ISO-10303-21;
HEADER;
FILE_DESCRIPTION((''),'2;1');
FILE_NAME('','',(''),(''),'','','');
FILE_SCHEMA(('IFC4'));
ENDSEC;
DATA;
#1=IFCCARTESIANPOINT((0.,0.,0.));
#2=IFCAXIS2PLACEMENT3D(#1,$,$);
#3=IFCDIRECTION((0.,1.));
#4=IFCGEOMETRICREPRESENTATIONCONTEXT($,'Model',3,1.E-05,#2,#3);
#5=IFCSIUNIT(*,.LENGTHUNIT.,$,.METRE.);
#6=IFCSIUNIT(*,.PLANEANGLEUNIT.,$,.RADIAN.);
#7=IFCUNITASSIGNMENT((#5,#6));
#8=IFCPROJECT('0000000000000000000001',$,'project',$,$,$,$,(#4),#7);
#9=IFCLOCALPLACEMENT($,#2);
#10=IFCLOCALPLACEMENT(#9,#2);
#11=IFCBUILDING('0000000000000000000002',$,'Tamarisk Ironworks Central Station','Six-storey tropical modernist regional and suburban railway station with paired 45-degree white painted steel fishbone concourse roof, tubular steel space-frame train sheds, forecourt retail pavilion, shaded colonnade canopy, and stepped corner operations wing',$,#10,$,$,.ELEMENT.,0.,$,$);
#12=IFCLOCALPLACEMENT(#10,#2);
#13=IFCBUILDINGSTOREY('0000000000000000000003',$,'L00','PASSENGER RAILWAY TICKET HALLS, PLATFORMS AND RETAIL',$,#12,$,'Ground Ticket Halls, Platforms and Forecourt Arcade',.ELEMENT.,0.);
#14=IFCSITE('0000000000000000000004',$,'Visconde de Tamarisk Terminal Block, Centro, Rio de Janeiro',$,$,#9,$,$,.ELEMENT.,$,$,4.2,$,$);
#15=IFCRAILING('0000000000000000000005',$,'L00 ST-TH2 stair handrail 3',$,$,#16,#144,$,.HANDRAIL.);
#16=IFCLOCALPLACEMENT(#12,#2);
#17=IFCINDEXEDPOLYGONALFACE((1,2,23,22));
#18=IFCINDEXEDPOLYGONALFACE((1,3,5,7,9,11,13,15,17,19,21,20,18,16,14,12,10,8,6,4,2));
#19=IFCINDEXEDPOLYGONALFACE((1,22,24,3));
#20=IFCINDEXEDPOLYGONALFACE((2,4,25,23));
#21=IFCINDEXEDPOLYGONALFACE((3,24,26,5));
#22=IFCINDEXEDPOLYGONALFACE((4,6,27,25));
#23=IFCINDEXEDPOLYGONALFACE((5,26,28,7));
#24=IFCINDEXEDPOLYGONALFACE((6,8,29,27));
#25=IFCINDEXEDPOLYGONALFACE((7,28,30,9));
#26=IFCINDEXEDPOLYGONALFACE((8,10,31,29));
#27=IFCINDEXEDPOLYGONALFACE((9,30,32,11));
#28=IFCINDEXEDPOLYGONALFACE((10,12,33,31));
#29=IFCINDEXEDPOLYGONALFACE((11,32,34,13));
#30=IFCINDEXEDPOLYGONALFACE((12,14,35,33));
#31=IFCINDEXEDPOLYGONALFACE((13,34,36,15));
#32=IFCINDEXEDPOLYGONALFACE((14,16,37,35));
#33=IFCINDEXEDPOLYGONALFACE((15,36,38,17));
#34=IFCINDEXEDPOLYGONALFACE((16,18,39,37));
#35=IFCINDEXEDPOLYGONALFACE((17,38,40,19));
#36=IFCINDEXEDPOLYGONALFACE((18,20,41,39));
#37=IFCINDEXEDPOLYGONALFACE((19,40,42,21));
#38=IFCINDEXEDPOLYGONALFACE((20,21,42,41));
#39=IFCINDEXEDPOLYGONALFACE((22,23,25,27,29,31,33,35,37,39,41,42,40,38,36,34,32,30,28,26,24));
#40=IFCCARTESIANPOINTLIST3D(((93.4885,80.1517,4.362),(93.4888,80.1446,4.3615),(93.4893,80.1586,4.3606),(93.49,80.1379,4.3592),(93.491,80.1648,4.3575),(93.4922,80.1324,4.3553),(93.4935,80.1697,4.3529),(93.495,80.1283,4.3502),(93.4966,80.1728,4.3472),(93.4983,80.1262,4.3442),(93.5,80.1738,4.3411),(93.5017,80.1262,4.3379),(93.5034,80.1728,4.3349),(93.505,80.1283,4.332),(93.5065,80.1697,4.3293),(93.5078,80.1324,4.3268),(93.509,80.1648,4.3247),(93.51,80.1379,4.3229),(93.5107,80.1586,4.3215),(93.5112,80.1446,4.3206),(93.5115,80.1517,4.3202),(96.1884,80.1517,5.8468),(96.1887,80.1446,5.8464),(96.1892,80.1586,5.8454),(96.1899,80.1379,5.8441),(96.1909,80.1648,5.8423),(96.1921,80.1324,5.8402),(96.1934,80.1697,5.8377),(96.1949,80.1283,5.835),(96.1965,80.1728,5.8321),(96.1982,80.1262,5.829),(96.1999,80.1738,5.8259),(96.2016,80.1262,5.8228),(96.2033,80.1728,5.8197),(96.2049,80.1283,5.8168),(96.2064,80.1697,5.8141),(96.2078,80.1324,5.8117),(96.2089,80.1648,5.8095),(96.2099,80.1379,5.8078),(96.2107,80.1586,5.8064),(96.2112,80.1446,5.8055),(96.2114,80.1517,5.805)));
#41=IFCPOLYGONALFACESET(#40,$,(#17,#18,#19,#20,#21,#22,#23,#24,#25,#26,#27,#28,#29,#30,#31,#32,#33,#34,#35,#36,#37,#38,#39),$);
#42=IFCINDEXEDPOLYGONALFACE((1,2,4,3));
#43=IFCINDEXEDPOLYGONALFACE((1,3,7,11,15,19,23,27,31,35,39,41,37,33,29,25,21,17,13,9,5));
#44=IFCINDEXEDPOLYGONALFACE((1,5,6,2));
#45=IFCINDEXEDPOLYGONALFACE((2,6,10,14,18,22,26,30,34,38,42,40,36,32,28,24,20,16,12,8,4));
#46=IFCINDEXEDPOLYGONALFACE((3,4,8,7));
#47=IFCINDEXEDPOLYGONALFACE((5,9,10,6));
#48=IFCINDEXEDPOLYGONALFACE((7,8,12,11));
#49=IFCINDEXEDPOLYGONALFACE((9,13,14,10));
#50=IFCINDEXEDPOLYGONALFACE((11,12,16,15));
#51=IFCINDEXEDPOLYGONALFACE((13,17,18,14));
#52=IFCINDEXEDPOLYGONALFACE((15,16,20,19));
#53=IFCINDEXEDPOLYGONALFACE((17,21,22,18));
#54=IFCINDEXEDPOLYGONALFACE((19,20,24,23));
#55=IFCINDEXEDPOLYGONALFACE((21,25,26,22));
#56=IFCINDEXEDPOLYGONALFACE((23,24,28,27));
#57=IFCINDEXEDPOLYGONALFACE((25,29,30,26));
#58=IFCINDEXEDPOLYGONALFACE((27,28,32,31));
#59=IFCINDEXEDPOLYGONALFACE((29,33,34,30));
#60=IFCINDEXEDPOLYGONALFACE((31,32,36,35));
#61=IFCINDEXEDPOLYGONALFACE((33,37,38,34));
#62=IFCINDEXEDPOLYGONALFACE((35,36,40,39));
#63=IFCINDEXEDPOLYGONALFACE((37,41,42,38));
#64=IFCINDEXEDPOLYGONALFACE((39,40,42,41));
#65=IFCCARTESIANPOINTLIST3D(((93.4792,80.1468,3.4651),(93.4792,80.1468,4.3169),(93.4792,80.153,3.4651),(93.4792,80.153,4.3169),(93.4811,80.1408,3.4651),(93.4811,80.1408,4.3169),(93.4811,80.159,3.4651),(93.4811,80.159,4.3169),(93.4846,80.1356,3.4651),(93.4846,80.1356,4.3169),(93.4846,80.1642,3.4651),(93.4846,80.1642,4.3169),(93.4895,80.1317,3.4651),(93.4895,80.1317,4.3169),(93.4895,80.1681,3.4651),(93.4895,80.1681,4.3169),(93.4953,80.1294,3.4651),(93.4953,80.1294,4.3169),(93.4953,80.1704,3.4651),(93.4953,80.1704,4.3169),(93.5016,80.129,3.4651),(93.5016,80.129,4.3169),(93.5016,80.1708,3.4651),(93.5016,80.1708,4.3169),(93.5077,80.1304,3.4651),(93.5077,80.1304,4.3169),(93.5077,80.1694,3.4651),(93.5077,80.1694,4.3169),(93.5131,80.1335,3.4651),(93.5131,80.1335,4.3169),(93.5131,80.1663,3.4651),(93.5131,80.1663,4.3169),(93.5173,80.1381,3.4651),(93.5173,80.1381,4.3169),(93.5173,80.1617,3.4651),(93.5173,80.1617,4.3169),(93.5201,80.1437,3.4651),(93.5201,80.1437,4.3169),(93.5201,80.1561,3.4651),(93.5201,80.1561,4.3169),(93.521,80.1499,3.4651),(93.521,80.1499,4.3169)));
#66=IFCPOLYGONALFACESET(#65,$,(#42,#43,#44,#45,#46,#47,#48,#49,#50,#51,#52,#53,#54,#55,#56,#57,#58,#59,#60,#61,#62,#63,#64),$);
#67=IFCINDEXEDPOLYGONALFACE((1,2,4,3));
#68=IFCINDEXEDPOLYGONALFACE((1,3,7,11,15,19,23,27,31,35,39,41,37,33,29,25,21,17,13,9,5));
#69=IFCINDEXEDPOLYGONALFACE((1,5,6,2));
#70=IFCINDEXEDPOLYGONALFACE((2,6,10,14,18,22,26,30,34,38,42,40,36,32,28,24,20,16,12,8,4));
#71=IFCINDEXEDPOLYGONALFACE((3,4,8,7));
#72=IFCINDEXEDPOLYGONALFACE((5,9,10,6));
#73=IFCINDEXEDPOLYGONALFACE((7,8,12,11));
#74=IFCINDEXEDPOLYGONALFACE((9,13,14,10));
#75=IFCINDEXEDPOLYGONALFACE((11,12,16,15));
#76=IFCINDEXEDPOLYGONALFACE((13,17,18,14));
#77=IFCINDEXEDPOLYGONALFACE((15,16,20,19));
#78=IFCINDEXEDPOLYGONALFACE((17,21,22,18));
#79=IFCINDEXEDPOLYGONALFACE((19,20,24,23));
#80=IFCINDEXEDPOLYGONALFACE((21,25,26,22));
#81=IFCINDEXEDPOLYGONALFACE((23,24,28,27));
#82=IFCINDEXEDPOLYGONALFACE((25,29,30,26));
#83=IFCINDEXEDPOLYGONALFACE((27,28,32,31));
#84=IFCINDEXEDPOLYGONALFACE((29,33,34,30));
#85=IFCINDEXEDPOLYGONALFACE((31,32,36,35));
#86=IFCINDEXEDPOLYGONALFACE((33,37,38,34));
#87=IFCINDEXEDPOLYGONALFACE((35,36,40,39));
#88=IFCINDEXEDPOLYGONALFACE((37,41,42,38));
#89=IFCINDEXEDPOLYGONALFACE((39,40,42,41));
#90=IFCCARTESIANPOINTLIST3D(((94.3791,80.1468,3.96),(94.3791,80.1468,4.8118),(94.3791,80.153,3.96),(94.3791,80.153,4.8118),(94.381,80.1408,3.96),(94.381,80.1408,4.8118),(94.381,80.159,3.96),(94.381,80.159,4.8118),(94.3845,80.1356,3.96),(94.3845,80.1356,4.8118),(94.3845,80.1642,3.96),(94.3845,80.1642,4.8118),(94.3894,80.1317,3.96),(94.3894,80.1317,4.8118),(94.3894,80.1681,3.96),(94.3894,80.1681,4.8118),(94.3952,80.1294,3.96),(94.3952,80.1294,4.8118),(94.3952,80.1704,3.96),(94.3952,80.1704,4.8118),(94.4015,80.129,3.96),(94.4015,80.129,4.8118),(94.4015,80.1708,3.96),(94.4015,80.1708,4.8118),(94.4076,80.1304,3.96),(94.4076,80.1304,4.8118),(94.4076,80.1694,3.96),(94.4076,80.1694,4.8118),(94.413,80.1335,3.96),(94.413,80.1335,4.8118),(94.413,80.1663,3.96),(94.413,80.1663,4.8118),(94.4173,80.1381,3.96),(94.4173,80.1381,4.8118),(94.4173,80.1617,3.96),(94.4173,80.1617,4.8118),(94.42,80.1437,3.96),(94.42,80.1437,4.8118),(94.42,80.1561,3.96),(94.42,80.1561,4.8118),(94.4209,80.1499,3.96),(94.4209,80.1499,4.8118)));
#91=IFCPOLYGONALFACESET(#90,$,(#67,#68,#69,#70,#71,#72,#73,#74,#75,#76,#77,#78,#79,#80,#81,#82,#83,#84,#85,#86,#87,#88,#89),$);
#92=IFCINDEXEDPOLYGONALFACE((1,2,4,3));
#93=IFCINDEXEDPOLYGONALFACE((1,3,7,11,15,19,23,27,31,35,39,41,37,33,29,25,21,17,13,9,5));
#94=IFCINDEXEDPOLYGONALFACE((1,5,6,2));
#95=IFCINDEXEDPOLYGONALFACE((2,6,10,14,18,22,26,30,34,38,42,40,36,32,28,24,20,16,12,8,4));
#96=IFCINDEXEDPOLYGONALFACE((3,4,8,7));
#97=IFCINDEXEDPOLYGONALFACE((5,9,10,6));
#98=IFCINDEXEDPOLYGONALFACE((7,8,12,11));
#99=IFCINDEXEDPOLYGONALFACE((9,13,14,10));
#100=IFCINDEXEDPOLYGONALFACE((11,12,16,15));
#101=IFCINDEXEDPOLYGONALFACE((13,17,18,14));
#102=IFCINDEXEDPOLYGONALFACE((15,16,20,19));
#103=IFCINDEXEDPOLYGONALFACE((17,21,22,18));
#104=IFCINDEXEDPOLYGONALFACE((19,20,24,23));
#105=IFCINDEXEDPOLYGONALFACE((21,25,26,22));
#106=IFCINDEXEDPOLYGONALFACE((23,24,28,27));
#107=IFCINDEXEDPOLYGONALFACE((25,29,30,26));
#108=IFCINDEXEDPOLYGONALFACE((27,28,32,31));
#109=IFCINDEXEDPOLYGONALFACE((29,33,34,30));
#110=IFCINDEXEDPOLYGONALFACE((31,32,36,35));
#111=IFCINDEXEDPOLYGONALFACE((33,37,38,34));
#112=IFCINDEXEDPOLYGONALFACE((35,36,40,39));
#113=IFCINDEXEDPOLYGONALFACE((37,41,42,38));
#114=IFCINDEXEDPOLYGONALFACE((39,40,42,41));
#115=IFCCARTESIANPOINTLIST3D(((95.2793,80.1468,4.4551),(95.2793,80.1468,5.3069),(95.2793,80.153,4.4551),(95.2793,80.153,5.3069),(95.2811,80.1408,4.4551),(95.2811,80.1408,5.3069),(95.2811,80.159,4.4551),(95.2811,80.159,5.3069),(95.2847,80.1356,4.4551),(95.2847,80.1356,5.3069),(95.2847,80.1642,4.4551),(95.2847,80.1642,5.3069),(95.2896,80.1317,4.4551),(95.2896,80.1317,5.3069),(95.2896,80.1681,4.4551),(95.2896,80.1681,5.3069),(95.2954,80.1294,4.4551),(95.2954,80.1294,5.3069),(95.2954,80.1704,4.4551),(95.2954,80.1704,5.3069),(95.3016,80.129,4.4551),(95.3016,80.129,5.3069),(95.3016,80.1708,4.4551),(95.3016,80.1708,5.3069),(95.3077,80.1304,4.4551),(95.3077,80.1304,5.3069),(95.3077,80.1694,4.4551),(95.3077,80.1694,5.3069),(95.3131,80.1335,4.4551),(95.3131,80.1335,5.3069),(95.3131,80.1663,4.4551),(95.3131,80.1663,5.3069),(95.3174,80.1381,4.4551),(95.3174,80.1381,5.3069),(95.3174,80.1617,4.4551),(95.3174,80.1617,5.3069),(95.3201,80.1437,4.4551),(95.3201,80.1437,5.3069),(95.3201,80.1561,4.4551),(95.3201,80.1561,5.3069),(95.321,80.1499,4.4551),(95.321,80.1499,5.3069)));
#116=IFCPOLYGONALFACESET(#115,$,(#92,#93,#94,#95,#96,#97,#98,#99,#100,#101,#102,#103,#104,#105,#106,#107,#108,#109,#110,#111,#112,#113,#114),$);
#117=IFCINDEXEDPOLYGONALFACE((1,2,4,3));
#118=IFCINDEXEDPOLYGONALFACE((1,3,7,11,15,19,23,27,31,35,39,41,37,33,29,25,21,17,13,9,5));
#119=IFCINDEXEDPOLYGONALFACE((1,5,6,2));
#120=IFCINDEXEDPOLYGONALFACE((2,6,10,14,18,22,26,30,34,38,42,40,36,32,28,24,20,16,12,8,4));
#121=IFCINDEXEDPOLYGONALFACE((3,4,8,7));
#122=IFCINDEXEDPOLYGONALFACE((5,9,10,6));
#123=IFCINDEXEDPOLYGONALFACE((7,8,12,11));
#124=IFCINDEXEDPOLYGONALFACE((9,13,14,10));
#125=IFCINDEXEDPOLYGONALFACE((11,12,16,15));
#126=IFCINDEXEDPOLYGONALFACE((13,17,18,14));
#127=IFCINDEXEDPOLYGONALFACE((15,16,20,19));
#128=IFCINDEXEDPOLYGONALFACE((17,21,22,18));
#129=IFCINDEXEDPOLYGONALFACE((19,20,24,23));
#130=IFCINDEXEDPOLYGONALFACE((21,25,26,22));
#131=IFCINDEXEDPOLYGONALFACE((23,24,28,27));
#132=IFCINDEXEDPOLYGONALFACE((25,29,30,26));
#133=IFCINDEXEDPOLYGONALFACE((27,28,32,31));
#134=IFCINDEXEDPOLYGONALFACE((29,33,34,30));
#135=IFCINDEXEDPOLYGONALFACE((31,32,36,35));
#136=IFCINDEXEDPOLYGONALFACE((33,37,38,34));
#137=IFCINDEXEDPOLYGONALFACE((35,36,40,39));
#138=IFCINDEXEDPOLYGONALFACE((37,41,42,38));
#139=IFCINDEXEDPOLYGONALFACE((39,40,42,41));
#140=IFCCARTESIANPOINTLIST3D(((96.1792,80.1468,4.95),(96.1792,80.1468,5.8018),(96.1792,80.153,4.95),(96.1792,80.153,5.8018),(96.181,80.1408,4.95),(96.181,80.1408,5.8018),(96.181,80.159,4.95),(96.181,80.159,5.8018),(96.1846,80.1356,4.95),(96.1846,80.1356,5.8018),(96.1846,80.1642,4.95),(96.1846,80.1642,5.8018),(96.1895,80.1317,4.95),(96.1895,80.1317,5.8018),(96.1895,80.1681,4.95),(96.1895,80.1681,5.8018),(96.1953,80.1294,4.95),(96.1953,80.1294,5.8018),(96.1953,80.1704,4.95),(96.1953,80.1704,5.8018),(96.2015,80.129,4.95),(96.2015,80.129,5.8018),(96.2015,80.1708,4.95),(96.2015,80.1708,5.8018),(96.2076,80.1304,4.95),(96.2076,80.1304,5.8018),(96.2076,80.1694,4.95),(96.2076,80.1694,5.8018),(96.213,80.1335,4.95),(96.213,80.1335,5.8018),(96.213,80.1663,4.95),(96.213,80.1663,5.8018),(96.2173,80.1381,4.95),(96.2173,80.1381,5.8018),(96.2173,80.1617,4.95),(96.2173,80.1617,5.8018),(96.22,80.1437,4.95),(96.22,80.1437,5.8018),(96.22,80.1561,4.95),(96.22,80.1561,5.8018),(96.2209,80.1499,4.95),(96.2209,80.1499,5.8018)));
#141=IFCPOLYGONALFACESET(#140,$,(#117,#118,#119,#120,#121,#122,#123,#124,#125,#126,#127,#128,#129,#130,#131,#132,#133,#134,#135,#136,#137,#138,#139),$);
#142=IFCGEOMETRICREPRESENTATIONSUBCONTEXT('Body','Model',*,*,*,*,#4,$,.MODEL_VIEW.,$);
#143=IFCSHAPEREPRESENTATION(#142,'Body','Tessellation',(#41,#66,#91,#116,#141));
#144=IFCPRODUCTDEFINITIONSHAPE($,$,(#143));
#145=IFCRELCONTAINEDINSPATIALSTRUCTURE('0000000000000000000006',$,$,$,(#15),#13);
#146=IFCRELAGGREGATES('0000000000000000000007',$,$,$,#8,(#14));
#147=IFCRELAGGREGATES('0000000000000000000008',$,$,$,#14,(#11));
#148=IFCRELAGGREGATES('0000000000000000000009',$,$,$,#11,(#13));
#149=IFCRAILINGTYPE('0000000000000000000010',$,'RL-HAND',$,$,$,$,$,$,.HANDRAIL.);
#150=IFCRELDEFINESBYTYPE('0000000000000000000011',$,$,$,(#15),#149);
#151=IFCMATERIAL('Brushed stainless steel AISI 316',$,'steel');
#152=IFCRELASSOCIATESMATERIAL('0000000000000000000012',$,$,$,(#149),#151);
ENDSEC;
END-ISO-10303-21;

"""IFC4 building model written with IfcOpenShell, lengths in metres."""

from ifc_helpers import new_model, si_unit, direction, frame, origin, origin_2d, place, context, subcontext, project, spatial, circle, extrude, material, type_object, element, save


model = new_model("IFC4")

# Units and contexts
model_context = context("Model", 3, precision=1e-05, world=origin(), true_north=direction((0.0, 1.0)))
body_context = subcontext(model_context, "Body", "Model", "MODEL_VIEW")
ifc_project = project(units=[si_unit("LENGTHUNIT", "METRE"), si_unit("PLANEANGLEUNIT", "RADIAN")], contexts=[model_context])

# Site, building, storey
site_placement = place(None, origin())
site = spatial("IfcSite", under=ifc_project, at=site_placement, Name="Visconde de Tamarisk Terminal Block, Centro, Rio de Janeiro", CompositionType="ELEMENT", RefElevation=4.2)
building_placement = place(site_placement, origin())
building = spatial("IfcBuilding", under=site, at=building_placement, Name="Tamarisk Ironworks Central Station", Description="Six-storey tropical modernist regional and suburban railway station with paired 45-degree white painted steel fishbone concourse roof, tubular steel space-frame train sheds, forecourt retail pavilion, shaded colonnade canopy, and stepped corner operations wing", CompositionType="ELEMENT", ElevationOfRefHeight=0.0)
storey_placement = place(building_placement, origin())
storey = spatial("IfcBuildingStorey", under=building, at=storey_placement, Name="L00", Description="PASSENGER RAILWAY TICKET HALLS, PLATFORMS AND RETAIL", LongName="Ground Ticket Halls, Platforms and Forecourt Arcade", CompositionType="ELEMENT", Elevation=0.0)

# Railing
ifc_material_1 = material(Name="Brushed stainless steel AISI 316", Category="steel")
railing_type_1 = type_object("IfcRailingType", Name="RL-HAND", PredefinedType="HANDRAIL", material=ifc_material_1)
for number, where, name in (
    (1, (93.5, 80.1499, 3.4651), "L00 ST-TH2 stair handrail 3"),
):
    element("IfcRailing", number, at=place(storey_placement, frame(where)), inside=storey, type_object=railing_type_1, Name=name, PredefinedType="HANDRAIL", context=body_context, shape_type="SweptSolid", body=[
        extrude(circle(Radius=0.0239, at=origin_2d()), frame((0.0, 0.0, 0.876), z_axis=(0.876231, 0.0, 0.481891), x_axis=(0.0, 1.0, 0.0)), (0.0, 0.0, 1.0), 3.0813),
        extrude(circle(Radius=0.021, at=origin_2d()), origin(), (0.0, 0.0, 1.0), 0.8518),
        extrude(circle(Radius=0.021, at=origin_2d()), frame((0.8999, 0.0, 0.4949)), (0.0, 0.0, 1.0), 0.8518),
        extrude(circle(Radius=0.021, at=origin_2d()), frame((1.8, 0.0, 0.99)), (0.0, 0.0, 1.0), 0.8518),
        extrude(circle(Radius=0.021, at=origin_2d()), frame((2.7, 0.0, 1.4849)), (0.0, 0.0, 1.0), 0.8518),
    ])

save(model, "model.ifc")
